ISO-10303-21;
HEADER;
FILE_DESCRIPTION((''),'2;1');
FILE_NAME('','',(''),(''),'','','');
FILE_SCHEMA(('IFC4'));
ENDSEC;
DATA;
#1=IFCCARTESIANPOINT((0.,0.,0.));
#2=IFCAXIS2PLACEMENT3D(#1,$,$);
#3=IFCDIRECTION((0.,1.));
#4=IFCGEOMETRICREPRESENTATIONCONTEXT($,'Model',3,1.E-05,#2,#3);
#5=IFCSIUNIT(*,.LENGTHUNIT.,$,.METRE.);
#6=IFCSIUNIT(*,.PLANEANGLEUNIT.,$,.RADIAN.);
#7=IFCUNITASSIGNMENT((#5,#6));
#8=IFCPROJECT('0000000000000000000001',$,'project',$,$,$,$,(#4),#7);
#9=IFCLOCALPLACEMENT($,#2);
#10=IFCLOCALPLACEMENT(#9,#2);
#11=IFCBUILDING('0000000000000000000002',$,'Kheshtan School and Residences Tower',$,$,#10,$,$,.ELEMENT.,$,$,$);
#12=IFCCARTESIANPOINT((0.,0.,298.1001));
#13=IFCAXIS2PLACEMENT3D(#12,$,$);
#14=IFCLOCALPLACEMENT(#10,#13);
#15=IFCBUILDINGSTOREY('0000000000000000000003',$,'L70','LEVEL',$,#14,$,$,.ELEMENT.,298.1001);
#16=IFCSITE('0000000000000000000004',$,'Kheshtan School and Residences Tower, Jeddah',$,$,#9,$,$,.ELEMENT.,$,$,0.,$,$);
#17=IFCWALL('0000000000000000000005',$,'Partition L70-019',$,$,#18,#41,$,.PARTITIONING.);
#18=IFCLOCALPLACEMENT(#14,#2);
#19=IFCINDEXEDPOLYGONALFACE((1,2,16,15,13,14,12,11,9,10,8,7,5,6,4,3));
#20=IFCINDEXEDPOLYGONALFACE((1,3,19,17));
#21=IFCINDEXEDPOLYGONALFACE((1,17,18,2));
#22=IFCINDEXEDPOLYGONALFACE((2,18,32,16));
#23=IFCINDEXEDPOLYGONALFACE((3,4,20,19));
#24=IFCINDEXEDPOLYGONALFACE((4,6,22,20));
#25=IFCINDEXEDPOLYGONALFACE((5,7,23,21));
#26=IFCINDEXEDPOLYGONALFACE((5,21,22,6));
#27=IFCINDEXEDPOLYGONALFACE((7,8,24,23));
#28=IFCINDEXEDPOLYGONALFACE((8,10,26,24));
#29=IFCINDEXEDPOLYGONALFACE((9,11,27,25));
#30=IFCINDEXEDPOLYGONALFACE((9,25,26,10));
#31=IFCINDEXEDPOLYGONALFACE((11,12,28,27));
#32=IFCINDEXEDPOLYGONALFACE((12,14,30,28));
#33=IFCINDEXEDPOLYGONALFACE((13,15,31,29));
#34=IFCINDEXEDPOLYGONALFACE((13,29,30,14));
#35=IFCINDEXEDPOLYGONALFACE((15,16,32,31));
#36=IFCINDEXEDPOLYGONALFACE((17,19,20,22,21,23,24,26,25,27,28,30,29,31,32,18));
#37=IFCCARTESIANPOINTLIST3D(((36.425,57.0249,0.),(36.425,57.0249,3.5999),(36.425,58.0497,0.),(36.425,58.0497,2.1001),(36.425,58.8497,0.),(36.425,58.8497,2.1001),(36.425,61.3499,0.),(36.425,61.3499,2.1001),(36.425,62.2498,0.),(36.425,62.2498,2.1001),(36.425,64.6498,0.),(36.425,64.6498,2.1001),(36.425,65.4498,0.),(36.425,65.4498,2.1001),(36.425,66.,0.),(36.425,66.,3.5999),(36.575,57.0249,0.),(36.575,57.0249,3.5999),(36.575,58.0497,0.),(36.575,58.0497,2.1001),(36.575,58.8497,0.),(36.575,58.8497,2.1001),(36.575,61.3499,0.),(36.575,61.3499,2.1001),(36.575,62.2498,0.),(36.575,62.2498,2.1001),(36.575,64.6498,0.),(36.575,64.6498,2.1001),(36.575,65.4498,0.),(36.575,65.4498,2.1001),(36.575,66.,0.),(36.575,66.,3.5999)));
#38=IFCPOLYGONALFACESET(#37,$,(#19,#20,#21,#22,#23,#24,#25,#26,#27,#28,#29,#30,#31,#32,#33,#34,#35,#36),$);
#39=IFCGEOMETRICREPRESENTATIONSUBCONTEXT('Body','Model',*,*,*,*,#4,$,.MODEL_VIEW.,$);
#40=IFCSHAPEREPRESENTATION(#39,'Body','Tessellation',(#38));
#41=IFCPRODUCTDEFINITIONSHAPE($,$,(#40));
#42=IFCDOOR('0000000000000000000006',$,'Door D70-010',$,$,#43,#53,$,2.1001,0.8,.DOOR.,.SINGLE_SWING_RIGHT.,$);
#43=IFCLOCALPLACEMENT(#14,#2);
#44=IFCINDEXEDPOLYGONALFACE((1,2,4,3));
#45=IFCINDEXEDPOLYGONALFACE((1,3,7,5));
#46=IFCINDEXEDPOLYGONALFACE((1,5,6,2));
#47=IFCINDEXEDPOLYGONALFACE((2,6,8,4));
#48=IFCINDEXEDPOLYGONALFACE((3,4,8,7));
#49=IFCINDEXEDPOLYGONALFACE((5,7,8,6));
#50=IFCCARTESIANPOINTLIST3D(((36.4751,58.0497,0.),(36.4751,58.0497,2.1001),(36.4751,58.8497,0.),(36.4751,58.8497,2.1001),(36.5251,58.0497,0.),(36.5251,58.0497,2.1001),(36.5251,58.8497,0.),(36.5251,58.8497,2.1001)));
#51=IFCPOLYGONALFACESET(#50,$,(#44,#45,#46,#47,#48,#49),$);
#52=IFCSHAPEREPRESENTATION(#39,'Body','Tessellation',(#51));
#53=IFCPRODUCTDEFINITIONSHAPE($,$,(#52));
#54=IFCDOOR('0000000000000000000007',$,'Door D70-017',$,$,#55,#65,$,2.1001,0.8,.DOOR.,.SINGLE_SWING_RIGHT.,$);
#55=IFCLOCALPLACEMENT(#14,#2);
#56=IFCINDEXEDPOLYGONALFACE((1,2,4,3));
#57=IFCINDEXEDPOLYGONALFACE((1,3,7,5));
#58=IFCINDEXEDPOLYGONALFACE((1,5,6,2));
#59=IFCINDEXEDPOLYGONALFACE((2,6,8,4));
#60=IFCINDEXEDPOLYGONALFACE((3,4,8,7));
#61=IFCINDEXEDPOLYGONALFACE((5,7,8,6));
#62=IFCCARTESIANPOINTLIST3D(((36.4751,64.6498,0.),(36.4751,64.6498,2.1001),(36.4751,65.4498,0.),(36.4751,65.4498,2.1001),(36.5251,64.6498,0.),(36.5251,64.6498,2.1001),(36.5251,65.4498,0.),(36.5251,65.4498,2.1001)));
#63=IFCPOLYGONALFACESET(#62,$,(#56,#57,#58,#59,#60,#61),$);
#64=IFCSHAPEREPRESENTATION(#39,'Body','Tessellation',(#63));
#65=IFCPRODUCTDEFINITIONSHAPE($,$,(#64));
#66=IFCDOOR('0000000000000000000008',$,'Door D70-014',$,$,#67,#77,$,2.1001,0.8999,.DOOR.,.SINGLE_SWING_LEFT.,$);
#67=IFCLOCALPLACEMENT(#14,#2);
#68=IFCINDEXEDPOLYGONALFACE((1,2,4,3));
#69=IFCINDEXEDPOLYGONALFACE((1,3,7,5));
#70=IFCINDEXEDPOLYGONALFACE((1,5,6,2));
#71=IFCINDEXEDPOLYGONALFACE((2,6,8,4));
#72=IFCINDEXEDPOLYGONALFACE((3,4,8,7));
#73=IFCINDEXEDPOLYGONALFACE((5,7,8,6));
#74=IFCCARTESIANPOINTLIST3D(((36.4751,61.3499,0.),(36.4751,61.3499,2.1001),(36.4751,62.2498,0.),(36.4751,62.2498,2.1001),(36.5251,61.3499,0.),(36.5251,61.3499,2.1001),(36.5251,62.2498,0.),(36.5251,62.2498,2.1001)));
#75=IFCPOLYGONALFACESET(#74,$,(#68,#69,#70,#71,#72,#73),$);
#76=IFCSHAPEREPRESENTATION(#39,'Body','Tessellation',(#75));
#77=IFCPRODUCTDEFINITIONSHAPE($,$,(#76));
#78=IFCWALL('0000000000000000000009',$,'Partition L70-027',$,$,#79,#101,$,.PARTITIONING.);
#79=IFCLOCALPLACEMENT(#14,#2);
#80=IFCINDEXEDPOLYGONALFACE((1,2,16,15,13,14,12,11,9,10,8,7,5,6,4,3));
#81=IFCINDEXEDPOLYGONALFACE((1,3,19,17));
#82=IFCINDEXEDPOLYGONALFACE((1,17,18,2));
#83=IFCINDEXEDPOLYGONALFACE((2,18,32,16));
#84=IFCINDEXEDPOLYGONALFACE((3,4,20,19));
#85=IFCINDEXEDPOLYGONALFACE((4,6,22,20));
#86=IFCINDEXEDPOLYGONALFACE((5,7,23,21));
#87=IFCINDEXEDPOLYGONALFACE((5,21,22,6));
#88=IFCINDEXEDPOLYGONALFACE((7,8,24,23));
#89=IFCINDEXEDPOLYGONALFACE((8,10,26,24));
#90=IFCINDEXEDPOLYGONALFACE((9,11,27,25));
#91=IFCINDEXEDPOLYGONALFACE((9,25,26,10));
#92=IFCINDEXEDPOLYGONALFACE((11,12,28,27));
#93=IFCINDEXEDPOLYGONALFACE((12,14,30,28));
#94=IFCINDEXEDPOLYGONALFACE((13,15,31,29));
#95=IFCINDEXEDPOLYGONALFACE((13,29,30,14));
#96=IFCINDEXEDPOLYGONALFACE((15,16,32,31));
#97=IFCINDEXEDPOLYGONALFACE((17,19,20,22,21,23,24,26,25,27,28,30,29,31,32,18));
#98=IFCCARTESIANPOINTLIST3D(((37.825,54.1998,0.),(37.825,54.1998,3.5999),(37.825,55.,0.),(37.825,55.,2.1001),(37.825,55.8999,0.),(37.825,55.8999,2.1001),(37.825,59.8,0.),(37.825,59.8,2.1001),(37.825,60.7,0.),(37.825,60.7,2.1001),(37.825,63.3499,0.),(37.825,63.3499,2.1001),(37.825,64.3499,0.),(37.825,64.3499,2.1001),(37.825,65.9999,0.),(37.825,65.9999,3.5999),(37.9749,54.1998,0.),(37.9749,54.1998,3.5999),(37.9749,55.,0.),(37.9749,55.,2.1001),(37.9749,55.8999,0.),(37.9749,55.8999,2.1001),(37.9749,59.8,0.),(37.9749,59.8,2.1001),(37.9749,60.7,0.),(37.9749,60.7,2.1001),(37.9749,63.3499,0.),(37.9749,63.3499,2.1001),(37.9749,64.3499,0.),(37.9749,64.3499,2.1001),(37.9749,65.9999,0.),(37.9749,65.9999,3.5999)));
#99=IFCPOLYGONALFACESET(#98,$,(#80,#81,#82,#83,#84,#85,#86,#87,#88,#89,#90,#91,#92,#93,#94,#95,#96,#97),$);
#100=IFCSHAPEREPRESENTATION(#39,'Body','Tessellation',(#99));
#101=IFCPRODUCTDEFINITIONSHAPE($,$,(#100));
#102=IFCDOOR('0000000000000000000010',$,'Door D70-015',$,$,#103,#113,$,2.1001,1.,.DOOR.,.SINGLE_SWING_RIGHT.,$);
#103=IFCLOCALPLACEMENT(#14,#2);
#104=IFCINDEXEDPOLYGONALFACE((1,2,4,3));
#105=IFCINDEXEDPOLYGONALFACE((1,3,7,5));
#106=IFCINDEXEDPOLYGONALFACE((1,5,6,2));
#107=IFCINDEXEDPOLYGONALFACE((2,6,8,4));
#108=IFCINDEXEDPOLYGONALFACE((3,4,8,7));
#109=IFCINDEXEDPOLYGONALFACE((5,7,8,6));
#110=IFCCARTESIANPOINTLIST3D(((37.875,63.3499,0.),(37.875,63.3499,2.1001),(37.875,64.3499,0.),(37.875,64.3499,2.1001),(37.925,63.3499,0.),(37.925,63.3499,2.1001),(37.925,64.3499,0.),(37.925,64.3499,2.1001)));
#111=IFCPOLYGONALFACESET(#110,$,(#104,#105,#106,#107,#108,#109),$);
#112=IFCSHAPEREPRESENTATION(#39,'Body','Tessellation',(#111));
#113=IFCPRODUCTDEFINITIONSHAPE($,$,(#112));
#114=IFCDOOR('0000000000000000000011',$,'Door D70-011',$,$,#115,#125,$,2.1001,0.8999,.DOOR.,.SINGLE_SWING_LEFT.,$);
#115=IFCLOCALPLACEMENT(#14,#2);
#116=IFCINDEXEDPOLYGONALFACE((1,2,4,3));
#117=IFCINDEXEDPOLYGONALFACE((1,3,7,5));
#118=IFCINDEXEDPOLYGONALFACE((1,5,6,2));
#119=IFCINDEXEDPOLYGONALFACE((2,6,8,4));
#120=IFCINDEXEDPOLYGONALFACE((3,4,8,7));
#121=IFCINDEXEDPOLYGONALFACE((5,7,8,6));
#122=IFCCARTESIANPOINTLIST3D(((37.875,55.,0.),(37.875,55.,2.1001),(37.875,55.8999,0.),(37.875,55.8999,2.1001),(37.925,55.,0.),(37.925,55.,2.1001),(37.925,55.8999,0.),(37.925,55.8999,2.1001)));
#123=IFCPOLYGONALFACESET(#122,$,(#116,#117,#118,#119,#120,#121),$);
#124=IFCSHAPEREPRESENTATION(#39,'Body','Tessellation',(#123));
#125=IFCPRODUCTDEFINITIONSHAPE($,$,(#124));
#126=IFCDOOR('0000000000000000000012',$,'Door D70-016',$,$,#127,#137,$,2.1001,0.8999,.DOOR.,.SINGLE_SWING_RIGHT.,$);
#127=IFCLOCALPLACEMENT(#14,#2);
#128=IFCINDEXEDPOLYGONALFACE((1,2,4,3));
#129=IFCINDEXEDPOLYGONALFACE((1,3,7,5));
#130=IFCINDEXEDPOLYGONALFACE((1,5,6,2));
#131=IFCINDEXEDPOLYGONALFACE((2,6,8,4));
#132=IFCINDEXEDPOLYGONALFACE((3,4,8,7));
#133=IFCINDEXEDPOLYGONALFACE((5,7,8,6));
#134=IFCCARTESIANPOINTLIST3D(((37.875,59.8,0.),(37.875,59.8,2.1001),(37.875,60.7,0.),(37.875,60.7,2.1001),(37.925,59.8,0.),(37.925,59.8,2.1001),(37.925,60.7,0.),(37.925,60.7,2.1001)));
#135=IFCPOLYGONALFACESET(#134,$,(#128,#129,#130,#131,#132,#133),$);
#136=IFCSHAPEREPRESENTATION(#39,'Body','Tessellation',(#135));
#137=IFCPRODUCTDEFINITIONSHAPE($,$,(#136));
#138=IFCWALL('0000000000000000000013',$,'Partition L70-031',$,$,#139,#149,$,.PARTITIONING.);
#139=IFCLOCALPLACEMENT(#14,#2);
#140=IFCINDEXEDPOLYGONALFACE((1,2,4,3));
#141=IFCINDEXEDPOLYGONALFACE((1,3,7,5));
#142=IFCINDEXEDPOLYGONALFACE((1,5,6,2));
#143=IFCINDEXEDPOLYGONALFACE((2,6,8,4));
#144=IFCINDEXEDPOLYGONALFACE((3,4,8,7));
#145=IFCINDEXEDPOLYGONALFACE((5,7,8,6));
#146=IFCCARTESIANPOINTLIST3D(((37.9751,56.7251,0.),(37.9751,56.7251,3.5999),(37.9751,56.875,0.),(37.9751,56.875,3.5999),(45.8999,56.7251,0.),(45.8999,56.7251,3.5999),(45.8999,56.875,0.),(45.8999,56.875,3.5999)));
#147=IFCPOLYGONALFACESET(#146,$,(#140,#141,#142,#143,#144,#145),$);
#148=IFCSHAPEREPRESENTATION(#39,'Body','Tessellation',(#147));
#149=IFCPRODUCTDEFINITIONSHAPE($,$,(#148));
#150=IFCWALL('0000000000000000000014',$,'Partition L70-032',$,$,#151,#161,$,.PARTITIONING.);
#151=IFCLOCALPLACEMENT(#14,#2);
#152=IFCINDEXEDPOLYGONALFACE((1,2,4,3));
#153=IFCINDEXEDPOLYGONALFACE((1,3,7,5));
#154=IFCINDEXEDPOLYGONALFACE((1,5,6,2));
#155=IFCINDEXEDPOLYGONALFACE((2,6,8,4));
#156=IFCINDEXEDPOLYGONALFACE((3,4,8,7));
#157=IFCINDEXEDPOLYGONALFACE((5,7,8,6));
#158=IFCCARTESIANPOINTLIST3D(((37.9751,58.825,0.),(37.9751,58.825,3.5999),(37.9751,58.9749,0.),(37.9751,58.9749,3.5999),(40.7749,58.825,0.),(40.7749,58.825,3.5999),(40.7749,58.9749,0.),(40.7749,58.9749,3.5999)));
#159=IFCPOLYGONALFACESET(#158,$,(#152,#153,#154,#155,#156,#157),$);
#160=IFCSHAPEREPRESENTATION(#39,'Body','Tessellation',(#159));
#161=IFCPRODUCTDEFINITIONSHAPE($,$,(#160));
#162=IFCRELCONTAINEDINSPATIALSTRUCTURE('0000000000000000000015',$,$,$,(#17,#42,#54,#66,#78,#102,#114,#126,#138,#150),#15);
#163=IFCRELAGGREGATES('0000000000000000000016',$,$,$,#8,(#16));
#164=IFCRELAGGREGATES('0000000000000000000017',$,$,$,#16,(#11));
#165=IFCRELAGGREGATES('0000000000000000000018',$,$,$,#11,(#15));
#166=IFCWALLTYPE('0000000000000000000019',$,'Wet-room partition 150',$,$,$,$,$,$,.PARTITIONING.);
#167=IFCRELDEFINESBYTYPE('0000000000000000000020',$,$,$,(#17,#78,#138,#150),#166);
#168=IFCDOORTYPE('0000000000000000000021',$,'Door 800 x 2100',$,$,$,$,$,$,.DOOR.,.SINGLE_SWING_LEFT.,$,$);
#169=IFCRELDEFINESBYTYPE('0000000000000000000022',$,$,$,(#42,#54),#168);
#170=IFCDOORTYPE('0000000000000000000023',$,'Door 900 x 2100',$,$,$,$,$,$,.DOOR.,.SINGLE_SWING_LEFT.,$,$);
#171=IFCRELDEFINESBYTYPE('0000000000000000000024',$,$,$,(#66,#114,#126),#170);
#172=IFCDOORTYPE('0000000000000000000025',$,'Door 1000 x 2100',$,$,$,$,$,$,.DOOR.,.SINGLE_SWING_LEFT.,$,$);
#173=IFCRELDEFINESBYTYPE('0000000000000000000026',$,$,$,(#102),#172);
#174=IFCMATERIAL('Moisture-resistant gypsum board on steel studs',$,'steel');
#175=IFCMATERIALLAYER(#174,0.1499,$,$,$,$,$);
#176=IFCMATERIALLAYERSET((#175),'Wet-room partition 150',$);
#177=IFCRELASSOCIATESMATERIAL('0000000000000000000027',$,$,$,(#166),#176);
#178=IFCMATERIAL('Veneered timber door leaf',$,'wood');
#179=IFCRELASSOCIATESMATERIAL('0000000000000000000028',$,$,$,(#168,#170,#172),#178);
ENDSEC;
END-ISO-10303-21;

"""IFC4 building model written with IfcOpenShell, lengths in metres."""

from ifc_helpers import new_model, si_unit, direction, frame, frame_2d, origin, place, context, subcontext, project, spatial, rectangle, extrude, source, transform, mapped, material, layer, layer_set, type_object, element, fill, save


model = new_model("IFC4")

# Units and contexts
model_context = context("Model", 3, precision=1e-05, world=origin(), true_north=direction((0.0, 1.0)))
body_context = subcontext(model_context, "Body", "Model", "MODEL_VIEW")
ifc_project = project(units=[si_unit("LENGTHUNIT", "METRE"), si_unit("PLANEANGLEUNIT", "RADIAN")], contexts=[model_context])

# Site, building, storey
site_placement = place(None, origin())
site = spatial("IfcSite", under=ifc_project, at=site_placement, Name="Kheshtan School and Residences Tower, Jeddah", CompositionType="ELEMENT", RefElevation=0.0)
building_placement = place(site_placement, origin())
building = spatial("IfcBuilding", under=site, at=building_placement, Name="Kheshtan School and Residences Tower", CompositionType="ELEMENT")
storey_placement = place(building_placement, frame((0.0, 0.0, 298.1001)))
storey = spatial("IfcBuildingStorey", under=building, at=storey_placement, Name="L70", Description="LEVEL", CompositionType="ELEMENT", Elevation=298.1001)

# Shared definitions
ifc_material_1 = material(Name="Moisture-resistant gypsum board on steel studs", Category="steel")
ifc_layer_1 = layer(ifc_material_1, 0.1499)
ifc_layer_set_1 = layer_set([ifc_layer_1], Name="Wet-room partition 150")
wall_type_1 = type_object("IfcWallType", Name="Wet-room partition 150", PredefinedType="PARTITIONING", material=ifc_layer_set_1)

# Walls, openings, doors
wall_1_placement = place(storey_placement, frame((36.5, 57.0249, 0.0), z_axis=(0.0, 0.0, 1.0), x_axis=(0.0, 1.0, 0.0)))
wall_1 = element("IfcWall", 1, at=wall_1_placement, inside=storey, type_object=wall_type_1, Name="Partition L70-019", PredefinedType="PARTITIONING", context=body_context, shape_type="SweptSolid", body=[
    extrude(rectangle(XDim=8.9751, YDim=0.1499, at=frame_2d((4.4875, 0.0))), origin(), (0.0, 0.0, 1.0), 3.5999),
])
opening_1_placement = place(wall_1_placement, frame((1.0249, 0.0, 0.0)))
opening_1 = element("IfcOpeningElement", 2, at=opening_1_placement, cuts=wall_1, PredefinedType="OPENING", context=body_context, shape_type="SweptSolid", body=[
    extrude(rectangle(XDim=0.8, YDim=2.1001, at=frame_2d((0.3999, 1.05))), frame((0.0, 0.085, 0.0), z_axis=(0.0, -1.0, 0.0), x_axis=(1.0, 0.0, 0.0)), (0.0, 0.0, 1.0), 0.1699),
])
opening_2_placement = place(wall_1_placement, frame((4.325, 0.0, 0.0)))
opening_2 = element("IfcOpeningElement", 3, at=opening_2_placement, cuts=wall_1, PredefinedType="OPENING", context=body_context, shape_type="SweptSolid", body=[
    extrude(rectangle(XDim=0.8999, YDim=2.1001, at=frame_2d((0.45, 1.05))), frame((0.0, 0.085, 0.0), z_axis=(0.0, -1.0, 0.0), x_axis=(1.0, 0.0, 0.0)), (0.0, 0.0, 1.0), 0.1699),
])
opening_3_placement = place(wall_1_placement, frame((7.625, 0.0, 0.0)))
opening_3 = element("IfcOpeningElement", 4, at=opening_3_placement, cuts=wall_1, PredefinedType="OPENING", context=body_context, shape_type="SweptSolid", body=[
    extrude(rectangle(XDim=0.8, YDim=2.1001, at=frame_2d((0.3999, 1.05))), frame((0.0, 0.085, 0.0), z_axis=(0.0, -1.0, 0.0), x_axis=(1.0, 0.0, 0.0)), (0.0, 0.0, 1.0), 0.1699),
])
ifc_material_2 = material(Name="Veneered timber door leaf", Category="wood")
door_type_1 = type_object("IfcDoorType", Name="Door 800 x 2100", OperationType="SINGLE_SWING_LEFT", PredefinedType="DOOR", material=ifc_material_2)
shared_shape_1 = source(origin(), body_context, "Body", "SweptSolid", [
    extrude(rectangle(XDim=0.8, YDim=2.1001, at=frame_2d((0.3999, 1.05))), frame((0.0, 0.0249, 0.0), z_axis=(0.0, -1.0, 0.0), x_axis=(1.0, 0.0, 0.0)), (0.0, 0.0, 1.0), 0.05),
])
door_1_placement = place(opening_1_placement, origin())
door_1 = element("IfcDoor", 5, at=door_1_placement, inside=storey, type_object=door_type_1, Name="Door D70-010", OperationType="SINGLE_SWING_RIGHT", OverallHeight=2.1001, OverallWidth=0.8, PredefinedType="DOOR", context=body_context, shape_type="MappedRepresentation", body=[
    mapped(shared_shape_1, transform((0.0, 0.0, 0.0), x_axis=(1.0, 0.0, 0.0), y_axis=(0.0, 1.0, 0.0), z_axis=(0.0, 0.0, 1.0), scale=1.0)),
])
fill(opening_1, door_1)
door_2_placement = place(opening_3_placement, origin())
door_2 = element("IfcDoor", 6, at=door_2_placement, inside=storey, type_object=door_type_1, Name="Door D70-017", OperationType="SINGLE_SWING_RIGHT", OverallHeight=2.1001, OverallWidth=0.8, PredefinedType="DOOR", context=body_context, shape_type="MappedRepresentation", body=[
    mapped(shared_shape_1, transform((0.0, 0.0, 0.0), x_axis=(1.0, 0.0, 0.0), y_axis=(0.0, 1.0, 0.0), z_axis=(0.0, 0.0, 1.0), scale=1.0)),
])
fill(opening_3, door_2)
door_type_2 = type_object("IfcDoorType", Name="Door 900 x 2100", OperationType="SINGLE_SWING_LEFT", PredefinedType="DOOR", material=ifc_material_2)
shared_shape_2 = source(origin(), body_context, "Body", "SweptSolid", [
    extrude(rectangle(XDim=0.8999, YDim=2.1001, at=frame_2d((0.45, 1.05))), frame((0.0, 0.0249, 0.0), z_axis=(0.0, -1.0, 0.0), x_axis=(1.0, 0.0, 0.0)), (0.0, 0.0, 1.0), 0.05),
])
door_3_placement = place(opening_2_placement, origin())
door_3 = element("IfcDoor", 7, at=door_3_placement, inside=storey, type_object=door_type_2, Name="Door D70-014", OperationType="SINGLE_SWING_LEFT", OverallHeight=2.1001, OverallWidth=0.8999, PredefinedType="DOOR", context=body_context, shape_type="MappedRepresentation", body=[
    mapped(shared_shape_2, transform((0.0, 0.0, 0.0), x_axis=(1.0, 0.0, 0.0), y_axis=(0.0, 1.0, 0.0), z_axis=(0.0, 0.0, 1.0), scale=1.0)),
])
fill(opening_2, door_3)
wall_2_placement = place(storey_placement, frame((37.8999, 54.2, 0.0), z_axis=(0.0, 0.0, 1.0), x_axis=(0.0, 1.0, 0.0)))
wall_2 = element("IfcWall", 8, at=wall_2_placement, inside=storey, type_object=wall_type_1, Name="Partition L70-027", PredefinedType="PARTITIONING", context=body_context, shape_type="SweptSolid", body=[
    extrude(rectangle(XDim=11.8, YDim=0.1499, at=frame_2d((5.8999, 0.0))), origin(), (0.0, 0.0, 1.0), 3.5999),
])
opening_4_placement = place(wall_2_placement, frame((0.8, 0.0, 0.0)))
opening_4 = element("IfcOpeningElement", 9, at=opening_4_placement, cuts=wall_2, PredefinedType="OPENING", context=body_context, shape_type="SweptSolid", body=[
    extrude(rectangle(XDim=0.8999, YDim=2.1001, at=frame_2d((0.45, 1.05))), frame((0.0, 0.085, 0.0), z_axis=(0.0, -1.0, 0.0), x_axis=(1.0, 0.0, 0.0)), (0.0, 0.0, 1.0), 0.1699),
])
opening_5_placement = place(wall_2_placement, frame((9.1499, 0.0, 0.0)))
opening_5 = element("IfcOpeningElement", 10, at=opening_5_placement, cuts=wall_2, PredefinedType="OPENING", context=body_context, shape_type="SweptSolid", body=[
    extrude(rectangle(XDim=1.0, YDim=2.1001, at=frame_2d((0.5, 1.05))), frame((0.0, 0.085, 0.0), z_axis=(0.0, -1.0, 0.0), x_axis=(1.0, 0.0, 0.0)), (0.0, 0.0, 1.0), 0.1699),
])
opening_6_placement = place(wall_2_placement, frame((5.6001, 0.0, 0.0)))
opening_6 = element("IfcOpeningElement", 11, at=opening_6_placement, cuts=wall_2, PredefinedType="OPENING", context=body_context, shape_type="SweptSolid", body=[
    extrude(rectangle(XDim=0.8999, YDim=2.1001, at=frame_2d((0.45, 1.05))), frame((0.0, 0.085, 0.0), z_axis=(0.0, -1.0, 0.0), x_axis=(1.0, 0.0, 0.0)), (0.0, 0.0, 1.0), 0.1699),
])
door_type_3 = type_object("IfcDoorType", Name="Door 1000 x 2100", OperationType="SINGLE_SWING_LEFT", PredefinedType="DOOR", material=ifc_material_2)
shared_shape_3 = source(origin(), body_context, "Body", "SweptSolid", [
    extrude(rectangle(XDim=1.0, YDim=2.1001, at=frame_2d((0.5, 1.05))), frame((0.0, 0.0249, 0.0), z_axis=(0.0, -1.0, 0.0), x_axis=(1.0, 0.0, 0.0)), (0.0, 0.0, 1.0), 0.05),
])
door_4_placement = place(opening_5_placement, origin())
door_4 = element("IfcDoor", 12, at=door_4_placement, inside=storey, type_object=door_type_3, Name="Door D70-015", OperationType="SINGLE_SWING_RIGHT", OverallHeight=2.1001, OverallWidth=1.0, PredefinedType="DOOR", context=body_context, shape_type="MappedRepresentation", body=[
    mapped(shared_shape_3, transform((0.0, 0.0, 0.0), x_axis=(1.0, 0.0, 0.0), y_axis=(0.0, 1.0, 0.0), z_axis=(0.0, 0.0, 1.0), scale=1.0)),
])
fill(opening_5, door_4)
door_5_placement = place(opening_4_placement, origin())
door_5 = element("IfcDoor", 13, at=door_5_placement, inside=storey, type_object=door_type_2, Name="Door D70-011", OperationType="SINGLE_SWING_LEFT", OverallHeight=2.1001, OverallWidth=0.8999, PredefinedType="DOOR", context=body_context, shape_type="MappedRepresentation", body=[
    mapped(shared_shape_2, transform((0.0, 0.0, 0.0), x_axis=(1.0, 0.0, 0.0), y_axis=(0.0, 1.0, 0.0), z_axis=(0.0, 0.0, 1.0), scale=1.0)),
])
fill(opening_4, door_5)
door_6_placement = place(opening_6_placement, origin())
door_6 = element("IfcDoor", 14, at=door_6_placement, inside=storey, type_object=door_type_2, Name="Door D70-016", OperationType="SINGLE_SWING_RIGHT", OverallHeight=2.1001, OverallWidth=0.8999, PredefinedType="DOOR", context=body_context, shape_type="MappedRepresentation", body=[
    mapped(shared_shape_2, transform((0.0, 0.0, 0.0), x_axis=(1.0, 0.0, 0.0), y_axis=(0.0, 1.0, 0.0), z_axis=(0.0, 0.0, 1.0), scale=1.0)),
])
fill(opening_6, door_6)

# Walls
wall_3_placement = place(storey_placement, frame((37.9751, 56.8, 0.0), z_axis=(0.0, 0.0, 1.0), x_axis=(1.0, 0.0, 0.0)))
element("IfcWall", 15, at=wall_3_placement, inside=storey, type_object=wall_type_1, Name="Partition L70-031", PredefinedType="PARTITIONING", context=body_context, shape_type="SweptSolid", body=[
    extrude(rectangle(XDim=7.9248, YDim=0.1499, at=frame_2d((3.9624, 0.0))), origin(), (0.0, 0.0, 1.0), 3.5999),
])
wall_4_placement = place(storey_placement, frame((37.9751, 58.8999, 0.0), z_axis=(0.0, 0.0, 1.0), x_axis=(1.0, 0.0, 0.0)))
element("IfcWall", 16, at=wall_4_placement, inside=storey, type_object=wall_type_1, Name="Partition L70-032", PredefinedType="PARTITIONING", context=body_context, shape_type="SweptSolid", body=[
    extrude(rectangle(XDim=2.7998, YDim=0.1499, at=frame_2d((1.3999, 0.0))), origin(), (0.0, 0.0, 1.0), 3.5999),
])

save(model, "model.ifc")
